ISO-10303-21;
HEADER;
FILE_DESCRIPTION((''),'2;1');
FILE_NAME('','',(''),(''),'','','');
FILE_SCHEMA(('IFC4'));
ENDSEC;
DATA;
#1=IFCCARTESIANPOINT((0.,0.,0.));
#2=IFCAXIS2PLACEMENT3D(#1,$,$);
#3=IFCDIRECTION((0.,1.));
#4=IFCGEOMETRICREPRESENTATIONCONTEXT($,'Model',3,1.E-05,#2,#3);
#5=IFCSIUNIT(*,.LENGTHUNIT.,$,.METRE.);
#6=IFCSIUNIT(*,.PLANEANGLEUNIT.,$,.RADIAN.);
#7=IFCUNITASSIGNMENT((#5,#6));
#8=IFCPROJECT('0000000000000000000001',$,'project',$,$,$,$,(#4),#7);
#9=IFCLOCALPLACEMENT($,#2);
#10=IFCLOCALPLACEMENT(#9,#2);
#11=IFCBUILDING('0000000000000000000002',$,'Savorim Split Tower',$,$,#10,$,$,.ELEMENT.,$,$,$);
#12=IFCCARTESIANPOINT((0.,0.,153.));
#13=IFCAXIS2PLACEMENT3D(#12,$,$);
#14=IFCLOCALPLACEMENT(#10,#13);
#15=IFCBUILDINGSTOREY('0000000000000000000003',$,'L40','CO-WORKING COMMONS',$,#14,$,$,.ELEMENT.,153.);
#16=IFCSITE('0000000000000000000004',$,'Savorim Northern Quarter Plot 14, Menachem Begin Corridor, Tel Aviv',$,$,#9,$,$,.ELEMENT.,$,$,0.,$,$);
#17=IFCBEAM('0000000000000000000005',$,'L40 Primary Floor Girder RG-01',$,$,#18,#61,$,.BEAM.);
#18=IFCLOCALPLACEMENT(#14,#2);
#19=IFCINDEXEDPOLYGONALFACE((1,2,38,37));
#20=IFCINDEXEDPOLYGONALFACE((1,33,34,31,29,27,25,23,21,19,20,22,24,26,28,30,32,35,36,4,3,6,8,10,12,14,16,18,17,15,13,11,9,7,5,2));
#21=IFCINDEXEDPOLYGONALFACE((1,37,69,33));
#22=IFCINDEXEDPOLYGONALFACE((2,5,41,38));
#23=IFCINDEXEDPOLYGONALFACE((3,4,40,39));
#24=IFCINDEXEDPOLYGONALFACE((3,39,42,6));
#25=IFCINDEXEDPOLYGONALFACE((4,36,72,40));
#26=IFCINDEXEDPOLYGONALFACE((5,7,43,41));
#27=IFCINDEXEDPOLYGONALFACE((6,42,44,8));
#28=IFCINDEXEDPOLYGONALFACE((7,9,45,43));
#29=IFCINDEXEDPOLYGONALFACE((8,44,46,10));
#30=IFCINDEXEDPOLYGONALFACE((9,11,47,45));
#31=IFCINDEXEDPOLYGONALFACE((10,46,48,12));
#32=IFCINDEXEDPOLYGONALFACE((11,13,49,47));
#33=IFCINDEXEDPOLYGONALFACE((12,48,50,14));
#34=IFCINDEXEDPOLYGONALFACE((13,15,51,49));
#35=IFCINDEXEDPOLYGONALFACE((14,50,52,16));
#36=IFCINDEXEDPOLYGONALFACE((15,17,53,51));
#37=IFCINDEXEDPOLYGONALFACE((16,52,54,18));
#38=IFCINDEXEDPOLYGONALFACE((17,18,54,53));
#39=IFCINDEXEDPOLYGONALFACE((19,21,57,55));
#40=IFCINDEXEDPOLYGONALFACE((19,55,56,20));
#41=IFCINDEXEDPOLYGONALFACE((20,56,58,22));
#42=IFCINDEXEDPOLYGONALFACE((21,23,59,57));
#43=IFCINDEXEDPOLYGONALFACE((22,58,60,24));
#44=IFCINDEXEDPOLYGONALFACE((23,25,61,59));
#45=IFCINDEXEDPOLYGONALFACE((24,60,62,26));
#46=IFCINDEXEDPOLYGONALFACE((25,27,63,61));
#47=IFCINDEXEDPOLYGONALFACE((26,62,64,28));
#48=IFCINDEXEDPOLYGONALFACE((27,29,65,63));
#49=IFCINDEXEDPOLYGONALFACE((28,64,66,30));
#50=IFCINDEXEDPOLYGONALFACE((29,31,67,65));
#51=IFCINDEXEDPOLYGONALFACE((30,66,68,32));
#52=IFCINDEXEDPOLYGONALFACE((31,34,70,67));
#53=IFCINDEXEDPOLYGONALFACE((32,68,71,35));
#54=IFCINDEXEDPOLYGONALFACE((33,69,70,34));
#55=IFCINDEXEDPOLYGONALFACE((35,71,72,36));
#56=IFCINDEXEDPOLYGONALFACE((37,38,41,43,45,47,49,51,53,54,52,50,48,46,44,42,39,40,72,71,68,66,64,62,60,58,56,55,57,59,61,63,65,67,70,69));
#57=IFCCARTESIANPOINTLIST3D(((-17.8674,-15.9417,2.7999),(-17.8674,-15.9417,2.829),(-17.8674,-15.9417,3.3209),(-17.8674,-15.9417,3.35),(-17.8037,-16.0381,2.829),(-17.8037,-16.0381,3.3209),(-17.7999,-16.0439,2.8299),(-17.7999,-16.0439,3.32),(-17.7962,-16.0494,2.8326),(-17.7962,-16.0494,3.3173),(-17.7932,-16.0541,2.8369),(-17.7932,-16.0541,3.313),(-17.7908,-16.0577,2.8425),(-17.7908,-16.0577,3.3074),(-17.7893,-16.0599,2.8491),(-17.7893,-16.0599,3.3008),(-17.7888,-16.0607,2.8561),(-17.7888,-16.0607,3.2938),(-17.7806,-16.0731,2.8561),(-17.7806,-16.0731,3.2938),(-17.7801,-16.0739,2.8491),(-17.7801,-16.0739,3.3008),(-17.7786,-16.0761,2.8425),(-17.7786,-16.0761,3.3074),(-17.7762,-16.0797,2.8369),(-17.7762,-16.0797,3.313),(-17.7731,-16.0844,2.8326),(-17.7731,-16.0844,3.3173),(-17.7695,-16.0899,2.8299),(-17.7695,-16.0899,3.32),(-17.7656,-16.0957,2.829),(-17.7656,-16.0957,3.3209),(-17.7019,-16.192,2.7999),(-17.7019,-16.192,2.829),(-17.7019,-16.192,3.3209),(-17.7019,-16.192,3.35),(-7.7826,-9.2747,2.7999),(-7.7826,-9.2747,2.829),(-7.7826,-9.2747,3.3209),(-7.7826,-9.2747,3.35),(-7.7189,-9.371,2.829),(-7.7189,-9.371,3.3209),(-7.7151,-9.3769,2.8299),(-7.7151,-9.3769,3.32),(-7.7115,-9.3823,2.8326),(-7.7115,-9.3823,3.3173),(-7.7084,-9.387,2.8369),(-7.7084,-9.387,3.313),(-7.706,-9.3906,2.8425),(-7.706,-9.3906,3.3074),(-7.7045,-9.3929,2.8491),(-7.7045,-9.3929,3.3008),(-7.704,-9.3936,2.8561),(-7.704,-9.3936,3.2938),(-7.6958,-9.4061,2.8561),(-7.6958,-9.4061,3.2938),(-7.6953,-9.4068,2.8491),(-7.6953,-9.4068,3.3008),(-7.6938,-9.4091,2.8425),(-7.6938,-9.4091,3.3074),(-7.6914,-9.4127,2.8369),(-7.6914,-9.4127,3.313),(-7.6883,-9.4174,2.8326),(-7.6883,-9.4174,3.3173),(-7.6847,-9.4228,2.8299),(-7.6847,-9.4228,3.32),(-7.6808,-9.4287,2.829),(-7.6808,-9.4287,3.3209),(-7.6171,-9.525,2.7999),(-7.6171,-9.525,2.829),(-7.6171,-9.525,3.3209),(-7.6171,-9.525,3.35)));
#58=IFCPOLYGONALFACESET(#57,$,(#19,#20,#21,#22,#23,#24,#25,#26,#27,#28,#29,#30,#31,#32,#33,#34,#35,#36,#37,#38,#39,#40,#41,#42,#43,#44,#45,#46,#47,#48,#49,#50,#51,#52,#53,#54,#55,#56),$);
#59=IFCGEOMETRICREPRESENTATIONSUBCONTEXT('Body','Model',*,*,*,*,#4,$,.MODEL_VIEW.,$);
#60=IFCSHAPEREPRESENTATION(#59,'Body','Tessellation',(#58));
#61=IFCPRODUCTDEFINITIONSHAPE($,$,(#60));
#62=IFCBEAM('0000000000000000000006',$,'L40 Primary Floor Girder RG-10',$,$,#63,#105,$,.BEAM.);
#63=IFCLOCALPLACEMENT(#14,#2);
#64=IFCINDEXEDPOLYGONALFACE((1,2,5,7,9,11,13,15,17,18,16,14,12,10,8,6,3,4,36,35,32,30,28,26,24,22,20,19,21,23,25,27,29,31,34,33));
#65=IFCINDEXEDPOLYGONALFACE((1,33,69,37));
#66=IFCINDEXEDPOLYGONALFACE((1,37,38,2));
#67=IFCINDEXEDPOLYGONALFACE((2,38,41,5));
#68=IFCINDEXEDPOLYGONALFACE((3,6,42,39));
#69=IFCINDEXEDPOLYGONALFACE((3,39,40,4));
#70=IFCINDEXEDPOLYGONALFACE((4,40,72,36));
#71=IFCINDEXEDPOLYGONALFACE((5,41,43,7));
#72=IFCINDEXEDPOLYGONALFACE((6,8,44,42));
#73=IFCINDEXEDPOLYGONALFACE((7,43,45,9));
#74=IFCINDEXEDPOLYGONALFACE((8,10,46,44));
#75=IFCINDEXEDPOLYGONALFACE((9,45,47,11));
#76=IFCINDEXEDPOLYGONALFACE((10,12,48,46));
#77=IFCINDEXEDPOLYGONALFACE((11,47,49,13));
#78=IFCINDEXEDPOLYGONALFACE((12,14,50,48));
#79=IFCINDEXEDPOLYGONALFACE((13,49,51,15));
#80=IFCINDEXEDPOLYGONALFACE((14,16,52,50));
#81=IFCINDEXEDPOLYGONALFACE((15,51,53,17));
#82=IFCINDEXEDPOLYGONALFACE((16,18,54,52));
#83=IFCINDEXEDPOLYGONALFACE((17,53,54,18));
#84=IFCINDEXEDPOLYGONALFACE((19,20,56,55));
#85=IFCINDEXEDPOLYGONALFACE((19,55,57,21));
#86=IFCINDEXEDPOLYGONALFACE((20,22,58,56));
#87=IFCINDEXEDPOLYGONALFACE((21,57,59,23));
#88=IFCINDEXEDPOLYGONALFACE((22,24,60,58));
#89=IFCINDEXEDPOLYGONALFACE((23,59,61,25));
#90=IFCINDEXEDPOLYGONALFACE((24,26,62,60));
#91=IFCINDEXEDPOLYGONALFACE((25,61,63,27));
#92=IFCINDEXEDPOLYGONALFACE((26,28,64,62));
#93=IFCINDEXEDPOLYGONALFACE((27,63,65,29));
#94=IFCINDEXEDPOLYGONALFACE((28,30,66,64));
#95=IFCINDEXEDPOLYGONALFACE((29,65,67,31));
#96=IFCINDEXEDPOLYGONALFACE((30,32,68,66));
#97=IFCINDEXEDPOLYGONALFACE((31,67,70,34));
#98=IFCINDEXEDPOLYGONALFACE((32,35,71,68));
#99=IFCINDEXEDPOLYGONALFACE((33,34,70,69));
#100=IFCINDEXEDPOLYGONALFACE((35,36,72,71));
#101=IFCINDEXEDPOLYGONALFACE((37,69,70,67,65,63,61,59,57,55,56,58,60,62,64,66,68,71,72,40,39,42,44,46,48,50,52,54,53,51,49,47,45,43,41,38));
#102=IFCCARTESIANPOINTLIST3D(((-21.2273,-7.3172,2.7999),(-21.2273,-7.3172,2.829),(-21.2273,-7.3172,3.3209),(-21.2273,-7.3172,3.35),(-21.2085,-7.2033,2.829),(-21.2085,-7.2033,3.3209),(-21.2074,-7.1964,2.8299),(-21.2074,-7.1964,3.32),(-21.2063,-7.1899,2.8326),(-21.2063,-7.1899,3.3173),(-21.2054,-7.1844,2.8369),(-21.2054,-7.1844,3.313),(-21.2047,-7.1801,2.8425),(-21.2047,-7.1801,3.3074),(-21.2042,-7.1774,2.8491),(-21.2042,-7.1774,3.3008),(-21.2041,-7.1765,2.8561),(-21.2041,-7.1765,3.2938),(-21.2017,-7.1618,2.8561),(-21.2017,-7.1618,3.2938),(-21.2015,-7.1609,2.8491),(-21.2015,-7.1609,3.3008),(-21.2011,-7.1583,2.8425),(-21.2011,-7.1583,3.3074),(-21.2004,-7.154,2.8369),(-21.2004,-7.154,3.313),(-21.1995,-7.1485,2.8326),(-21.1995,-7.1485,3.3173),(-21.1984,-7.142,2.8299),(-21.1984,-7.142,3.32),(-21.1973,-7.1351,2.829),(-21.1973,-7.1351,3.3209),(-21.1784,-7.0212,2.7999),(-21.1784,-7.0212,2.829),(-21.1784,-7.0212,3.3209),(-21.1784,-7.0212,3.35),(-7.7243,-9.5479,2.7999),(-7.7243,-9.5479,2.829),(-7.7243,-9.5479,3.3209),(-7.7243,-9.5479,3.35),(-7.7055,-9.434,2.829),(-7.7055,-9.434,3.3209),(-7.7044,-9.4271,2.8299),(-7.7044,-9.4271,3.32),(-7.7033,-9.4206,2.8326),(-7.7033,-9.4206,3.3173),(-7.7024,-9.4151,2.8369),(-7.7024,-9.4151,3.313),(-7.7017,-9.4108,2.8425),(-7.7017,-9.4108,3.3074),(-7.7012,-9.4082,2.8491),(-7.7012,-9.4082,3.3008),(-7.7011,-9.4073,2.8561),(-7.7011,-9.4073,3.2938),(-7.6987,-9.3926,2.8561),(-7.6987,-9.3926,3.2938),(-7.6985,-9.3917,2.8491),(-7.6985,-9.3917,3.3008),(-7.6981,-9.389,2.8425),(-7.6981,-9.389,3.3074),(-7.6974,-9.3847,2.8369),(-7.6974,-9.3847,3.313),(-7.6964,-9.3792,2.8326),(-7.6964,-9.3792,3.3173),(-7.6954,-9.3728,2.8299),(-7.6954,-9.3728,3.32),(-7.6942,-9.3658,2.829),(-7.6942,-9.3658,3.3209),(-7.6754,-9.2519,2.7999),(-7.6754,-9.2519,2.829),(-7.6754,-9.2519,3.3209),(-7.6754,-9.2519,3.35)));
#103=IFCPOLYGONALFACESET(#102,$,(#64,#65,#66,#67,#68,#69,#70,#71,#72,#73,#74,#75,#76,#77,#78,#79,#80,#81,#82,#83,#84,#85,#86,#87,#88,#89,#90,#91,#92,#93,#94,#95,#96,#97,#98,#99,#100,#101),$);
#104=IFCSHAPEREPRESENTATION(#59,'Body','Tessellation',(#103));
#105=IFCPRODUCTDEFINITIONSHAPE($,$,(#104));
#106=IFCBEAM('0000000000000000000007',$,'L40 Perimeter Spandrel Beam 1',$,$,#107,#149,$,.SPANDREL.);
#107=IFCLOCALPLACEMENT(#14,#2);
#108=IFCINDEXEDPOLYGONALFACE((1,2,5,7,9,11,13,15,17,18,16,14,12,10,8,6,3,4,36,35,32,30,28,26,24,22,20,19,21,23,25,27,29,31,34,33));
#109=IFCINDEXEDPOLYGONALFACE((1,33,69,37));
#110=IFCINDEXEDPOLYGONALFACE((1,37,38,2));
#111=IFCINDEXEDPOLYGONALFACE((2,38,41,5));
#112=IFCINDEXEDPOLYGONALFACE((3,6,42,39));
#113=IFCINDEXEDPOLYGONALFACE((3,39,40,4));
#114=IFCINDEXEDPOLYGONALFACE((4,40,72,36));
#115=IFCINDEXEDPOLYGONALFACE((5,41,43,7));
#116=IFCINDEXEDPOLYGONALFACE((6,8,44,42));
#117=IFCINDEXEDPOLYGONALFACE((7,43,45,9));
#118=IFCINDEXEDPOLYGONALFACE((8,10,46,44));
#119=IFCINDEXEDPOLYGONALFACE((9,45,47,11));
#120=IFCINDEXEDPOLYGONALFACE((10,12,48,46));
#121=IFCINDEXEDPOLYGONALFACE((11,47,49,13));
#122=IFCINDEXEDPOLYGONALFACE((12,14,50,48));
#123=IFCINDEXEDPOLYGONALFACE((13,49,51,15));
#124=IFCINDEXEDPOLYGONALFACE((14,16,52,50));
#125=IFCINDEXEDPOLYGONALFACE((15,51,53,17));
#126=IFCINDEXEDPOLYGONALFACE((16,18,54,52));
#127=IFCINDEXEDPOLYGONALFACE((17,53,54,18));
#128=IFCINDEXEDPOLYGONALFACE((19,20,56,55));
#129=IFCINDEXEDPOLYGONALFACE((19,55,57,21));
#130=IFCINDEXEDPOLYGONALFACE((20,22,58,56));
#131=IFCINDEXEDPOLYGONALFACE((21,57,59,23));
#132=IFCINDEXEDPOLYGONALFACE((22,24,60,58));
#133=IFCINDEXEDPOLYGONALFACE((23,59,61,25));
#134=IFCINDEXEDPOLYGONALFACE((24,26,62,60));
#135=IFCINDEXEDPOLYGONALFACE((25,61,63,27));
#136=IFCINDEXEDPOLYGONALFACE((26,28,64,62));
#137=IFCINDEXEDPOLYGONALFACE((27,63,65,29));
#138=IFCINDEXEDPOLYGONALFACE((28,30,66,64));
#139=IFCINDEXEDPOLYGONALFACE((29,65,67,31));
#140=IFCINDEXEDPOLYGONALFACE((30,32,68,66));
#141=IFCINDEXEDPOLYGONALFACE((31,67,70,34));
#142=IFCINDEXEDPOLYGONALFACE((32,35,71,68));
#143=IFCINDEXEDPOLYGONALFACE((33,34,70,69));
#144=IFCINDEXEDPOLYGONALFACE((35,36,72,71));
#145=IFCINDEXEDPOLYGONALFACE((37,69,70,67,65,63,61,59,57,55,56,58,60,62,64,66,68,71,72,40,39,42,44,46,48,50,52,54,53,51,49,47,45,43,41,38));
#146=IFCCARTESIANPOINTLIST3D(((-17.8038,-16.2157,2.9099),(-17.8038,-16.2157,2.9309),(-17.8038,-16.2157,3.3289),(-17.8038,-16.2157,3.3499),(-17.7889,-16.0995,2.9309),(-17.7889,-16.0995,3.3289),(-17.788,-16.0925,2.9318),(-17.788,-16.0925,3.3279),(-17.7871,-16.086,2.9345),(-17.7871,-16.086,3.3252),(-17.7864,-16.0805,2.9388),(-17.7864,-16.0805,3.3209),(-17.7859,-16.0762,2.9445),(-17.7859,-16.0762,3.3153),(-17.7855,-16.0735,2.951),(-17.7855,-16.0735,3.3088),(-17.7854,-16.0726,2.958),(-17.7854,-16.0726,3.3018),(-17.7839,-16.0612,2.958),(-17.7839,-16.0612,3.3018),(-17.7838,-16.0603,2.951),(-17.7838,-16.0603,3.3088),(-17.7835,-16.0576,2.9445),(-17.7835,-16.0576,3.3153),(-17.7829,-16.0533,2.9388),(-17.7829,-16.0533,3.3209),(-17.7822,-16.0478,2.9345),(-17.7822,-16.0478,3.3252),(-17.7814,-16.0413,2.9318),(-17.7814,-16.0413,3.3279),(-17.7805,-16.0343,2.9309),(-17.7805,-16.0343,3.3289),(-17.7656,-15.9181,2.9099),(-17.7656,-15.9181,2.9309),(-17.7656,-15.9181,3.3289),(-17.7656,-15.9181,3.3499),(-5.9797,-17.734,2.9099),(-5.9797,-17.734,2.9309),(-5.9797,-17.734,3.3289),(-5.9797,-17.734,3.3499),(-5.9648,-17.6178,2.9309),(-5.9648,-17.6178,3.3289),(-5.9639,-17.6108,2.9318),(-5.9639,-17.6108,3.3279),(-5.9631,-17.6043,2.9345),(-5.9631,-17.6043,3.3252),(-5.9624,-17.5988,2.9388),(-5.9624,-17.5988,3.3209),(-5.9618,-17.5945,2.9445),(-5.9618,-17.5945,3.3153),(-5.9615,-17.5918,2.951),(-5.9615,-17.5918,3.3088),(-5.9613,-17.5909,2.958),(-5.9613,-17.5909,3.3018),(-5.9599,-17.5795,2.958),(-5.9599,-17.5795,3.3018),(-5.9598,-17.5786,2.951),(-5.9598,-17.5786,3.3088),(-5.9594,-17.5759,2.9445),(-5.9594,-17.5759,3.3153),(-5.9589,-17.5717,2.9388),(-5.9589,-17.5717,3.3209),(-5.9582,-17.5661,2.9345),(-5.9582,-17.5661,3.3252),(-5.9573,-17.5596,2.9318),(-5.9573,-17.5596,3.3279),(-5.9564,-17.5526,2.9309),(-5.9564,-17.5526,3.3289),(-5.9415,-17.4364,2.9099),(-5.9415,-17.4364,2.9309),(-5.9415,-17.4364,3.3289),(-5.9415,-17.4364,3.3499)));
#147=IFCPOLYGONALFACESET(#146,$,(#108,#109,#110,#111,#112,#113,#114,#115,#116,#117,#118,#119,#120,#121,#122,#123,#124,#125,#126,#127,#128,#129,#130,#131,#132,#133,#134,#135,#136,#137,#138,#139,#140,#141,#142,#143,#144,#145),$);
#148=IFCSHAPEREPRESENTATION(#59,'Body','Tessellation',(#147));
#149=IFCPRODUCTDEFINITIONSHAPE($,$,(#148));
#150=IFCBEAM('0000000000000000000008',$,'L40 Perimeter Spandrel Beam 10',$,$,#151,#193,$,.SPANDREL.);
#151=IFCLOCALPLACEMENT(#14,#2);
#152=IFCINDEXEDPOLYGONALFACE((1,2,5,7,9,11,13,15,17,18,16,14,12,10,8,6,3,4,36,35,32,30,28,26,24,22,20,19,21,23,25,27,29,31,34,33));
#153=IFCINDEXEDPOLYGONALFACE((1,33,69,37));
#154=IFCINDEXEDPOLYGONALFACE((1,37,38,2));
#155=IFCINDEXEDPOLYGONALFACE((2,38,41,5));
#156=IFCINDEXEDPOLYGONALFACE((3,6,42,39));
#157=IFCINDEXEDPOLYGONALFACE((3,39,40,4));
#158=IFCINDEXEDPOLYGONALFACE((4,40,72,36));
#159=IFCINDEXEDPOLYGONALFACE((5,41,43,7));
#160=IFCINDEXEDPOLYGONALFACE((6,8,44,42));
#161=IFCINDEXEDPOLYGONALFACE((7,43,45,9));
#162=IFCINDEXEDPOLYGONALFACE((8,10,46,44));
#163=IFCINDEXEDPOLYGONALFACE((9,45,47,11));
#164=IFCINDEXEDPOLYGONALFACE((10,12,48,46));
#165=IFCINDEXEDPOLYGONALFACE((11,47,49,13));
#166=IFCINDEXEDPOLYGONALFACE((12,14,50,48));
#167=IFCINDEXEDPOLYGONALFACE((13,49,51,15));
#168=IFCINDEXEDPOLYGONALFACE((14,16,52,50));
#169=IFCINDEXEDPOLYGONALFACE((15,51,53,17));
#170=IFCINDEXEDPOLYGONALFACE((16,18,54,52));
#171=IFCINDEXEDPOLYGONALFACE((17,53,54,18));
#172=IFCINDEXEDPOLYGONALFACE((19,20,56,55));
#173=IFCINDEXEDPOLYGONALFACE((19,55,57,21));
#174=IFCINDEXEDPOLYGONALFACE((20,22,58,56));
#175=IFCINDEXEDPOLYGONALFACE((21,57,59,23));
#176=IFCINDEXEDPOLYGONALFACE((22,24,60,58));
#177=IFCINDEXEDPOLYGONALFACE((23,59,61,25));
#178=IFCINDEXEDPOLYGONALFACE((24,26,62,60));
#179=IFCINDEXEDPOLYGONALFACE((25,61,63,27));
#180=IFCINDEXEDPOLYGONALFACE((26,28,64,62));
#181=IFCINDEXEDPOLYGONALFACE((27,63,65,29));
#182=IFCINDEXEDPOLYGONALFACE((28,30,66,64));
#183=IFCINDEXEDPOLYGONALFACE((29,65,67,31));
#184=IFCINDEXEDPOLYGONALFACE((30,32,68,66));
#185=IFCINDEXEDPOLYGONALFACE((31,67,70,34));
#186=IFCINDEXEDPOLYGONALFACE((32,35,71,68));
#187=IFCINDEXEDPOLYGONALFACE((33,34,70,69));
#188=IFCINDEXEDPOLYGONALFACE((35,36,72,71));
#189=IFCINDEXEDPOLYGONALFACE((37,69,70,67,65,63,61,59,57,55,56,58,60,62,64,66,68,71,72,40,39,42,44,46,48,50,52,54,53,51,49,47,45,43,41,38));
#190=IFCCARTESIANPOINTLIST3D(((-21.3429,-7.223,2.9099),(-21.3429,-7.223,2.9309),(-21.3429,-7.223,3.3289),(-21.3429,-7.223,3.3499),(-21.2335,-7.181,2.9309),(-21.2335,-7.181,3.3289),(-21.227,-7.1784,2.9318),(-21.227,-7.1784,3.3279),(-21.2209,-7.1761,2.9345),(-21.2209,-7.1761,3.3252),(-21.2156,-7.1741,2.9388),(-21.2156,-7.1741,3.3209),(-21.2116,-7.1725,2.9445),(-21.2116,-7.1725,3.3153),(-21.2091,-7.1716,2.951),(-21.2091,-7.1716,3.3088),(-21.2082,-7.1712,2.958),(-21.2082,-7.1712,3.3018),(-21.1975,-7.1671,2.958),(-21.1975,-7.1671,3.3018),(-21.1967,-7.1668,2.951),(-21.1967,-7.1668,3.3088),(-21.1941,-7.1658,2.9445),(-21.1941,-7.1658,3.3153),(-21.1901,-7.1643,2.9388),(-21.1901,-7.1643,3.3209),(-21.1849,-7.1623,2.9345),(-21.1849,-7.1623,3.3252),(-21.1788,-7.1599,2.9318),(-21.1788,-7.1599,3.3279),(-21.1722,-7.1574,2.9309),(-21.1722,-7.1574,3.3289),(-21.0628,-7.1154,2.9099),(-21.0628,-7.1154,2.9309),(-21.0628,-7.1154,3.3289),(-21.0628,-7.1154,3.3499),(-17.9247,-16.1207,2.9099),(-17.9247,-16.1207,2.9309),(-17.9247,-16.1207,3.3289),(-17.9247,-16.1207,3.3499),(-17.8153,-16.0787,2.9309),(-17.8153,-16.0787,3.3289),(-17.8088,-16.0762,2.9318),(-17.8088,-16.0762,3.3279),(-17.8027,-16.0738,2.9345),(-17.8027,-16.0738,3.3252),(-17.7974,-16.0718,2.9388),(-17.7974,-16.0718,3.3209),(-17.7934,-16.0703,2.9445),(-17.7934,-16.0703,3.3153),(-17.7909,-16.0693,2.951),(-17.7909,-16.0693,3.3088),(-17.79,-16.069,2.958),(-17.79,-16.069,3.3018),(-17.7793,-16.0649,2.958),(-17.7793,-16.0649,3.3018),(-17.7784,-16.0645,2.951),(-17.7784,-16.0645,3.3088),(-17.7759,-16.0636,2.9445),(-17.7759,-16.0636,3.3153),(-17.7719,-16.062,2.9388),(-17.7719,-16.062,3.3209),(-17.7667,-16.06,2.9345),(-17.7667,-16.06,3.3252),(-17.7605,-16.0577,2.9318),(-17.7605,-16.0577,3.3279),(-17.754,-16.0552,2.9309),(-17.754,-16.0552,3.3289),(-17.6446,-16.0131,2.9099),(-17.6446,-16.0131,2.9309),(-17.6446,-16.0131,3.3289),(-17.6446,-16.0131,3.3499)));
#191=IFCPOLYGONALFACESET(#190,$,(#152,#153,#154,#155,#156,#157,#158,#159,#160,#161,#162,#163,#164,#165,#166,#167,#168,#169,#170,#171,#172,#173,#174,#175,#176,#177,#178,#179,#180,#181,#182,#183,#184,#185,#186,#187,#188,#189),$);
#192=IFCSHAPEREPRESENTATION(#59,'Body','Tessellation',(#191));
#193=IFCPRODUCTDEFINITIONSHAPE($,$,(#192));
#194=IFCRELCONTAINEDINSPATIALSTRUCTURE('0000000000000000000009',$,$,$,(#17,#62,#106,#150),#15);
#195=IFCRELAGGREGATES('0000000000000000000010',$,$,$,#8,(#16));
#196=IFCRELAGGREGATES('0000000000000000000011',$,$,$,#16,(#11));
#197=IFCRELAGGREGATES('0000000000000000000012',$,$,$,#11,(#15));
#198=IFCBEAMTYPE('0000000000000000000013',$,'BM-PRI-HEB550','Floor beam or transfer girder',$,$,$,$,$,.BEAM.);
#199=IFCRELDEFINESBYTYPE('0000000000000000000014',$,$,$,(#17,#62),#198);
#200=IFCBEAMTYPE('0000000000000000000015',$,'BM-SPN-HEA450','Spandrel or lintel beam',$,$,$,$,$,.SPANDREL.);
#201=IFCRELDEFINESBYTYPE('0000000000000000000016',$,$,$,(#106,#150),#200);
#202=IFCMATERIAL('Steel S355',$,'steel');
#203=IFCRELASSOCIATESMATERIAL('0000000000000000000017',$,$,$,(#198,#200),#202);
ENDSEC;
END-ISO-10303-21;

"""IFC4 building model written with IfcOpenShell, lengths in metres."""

from ifc_helpers import new_model, si_unit, direction, frame, origin, origin_2d, place, context, subcontext, project, spatial, i_section, extrude, material, material_profile, profile_set, type_object, element, save


model = new_model("IFC4")

# Units and contexts
model_context = context("Model", 3, precision=1e-05, world=origin(), true_north=direction((0.0, 1.0)))
body_context = subcontext(model_context, "Body", "Model", "MODEL_VIEW")
ifc_project = project(units=[si_unit("LENGTHUNIT", "METRE"), si_unit("PLANEANGLEUNIT", "RADIAN")], contexts=[model_context])

# Site, building, storey
site_placement = place(None, origin())
site = spatial("IfcSite", under=ifc_project, at=site_placement, Name="Savorim Northern Quarter Plot 14, Menachem Begin Corridor, Tel Aviv", CompositionType="ELEMENT", RefElevation=0.0)
building_placement = place(site_placement, origin())
building = spatial("IfcBuilding", under=site, at=building_placement, Name="Savorim Split Tower", CompositionType="ELEMENT")
storey_placement = place(building_placement, frame((0.0, 0.0, 153.0)))
storey = spatial("IfcBuildingStorey", under=building, at=storey_placement, Name="L40", Description="CO-WORKING COMMONS", CompositionType="ELEMENT", Elevation=153.0)

# Beams
ifc_material_1 = material(Name="Steel S355", Category="steel")
ifc_material_profile_1 = material_profile(ifc_material_1, i_section(OverallWidth=0.3, OverallDepth=0.55, WebThickness=0.0149, FlangeThickness=0.0291, FilletRadius=0.0271, at=origin_2d()), Name="HEB 550")
ifc_profile_set_1 = profile_set([ifc_material_profile_1], Name="Steel S355")
beam_type_1 = type_object("IfcBeamType", Name="BM-PRI-HEB550", Description="Floor beam or transfer girder", PredefinedType="BEAM", material=ifc_profile_set_1)
beam_1_placement = place(storey_placement, frame((-17.7847, -16.0669, 3.075), z_axis=(0.834188, 0.55148, 0.0), x_axis=(-0.55148, 0.834188, 0.0)))
element("IfcBeam", 1, at=beam_1_placement, inside=storey, type_object=beam_type_1, Name="L40 Primary Floor Girder RG-01", PredefinedType="BEAM", context=body_context, shape_type="SweptSolid", body=[
    extrude(i_section(OverallWidth=0.3, OverallDepth=0.55, WebThickness=0.0149, FlangeThickness=0.0291, FilletRadius=0.0271, at=origin_2d()), origin(), (0.0, 0.0, 1.0), 12.0894),
])
beam_2_placement = place(storey_placement, frame((-21.2029, -7.1692, 3.075), z_axis=(0.986627, -0.162993, 0.0), x_axis=(0.162993, 0.986627, 0.0)))
element("IfcBeam", 2, at=beam_2_placement, inside=storey, type_object=beam_type_1, Name="L40 Primary Floor Girder RG-10", PredefinedType="BEAM", context=body_context, shape_type="SweptSolid", body=[
    extrude(i_section(OverallWidth=0.3, OverallDepth=0.55, WebThickness=0.0149, FlangeThickness=0.0291, FilletRadius=0.0271, at=origin_2d()), origin(), (0.0, 0.0, 1.0), 13.686),
])
ifc_material_profile_2 = material_profile(ifc_material_1, i_section(OverallWidth=0.3, OverallDepth=0.4399, WebThickness=0.0115, FlangeThickness=0.021, FilletRadius=0.0271, at=origin_2d()), Name="HEA 450")
ifc_profile_set_2 = profile_set([ifc_material_profile_2], Name="Steel S355")
beam_type_2 = type_object("IfcBeamType", Name="BM-SPN-HEA450", Description="Spandrel or lintel beam", PredefinedType="SPANDREL", material=ifc_profile_set_2)
beam_3_placement = place(storey_placement, frame((-17.7847, -16.0669, 3.1299), z_axis=(0.991856, -0.127364, 0.0), x_axis=(0.127364, 0.991856, 0.0)))
element("IfcBeam", 3, at=beam_3_placement, inside=storey, type_object=beam_type_2, Name="L40 Perimeter Spandrel Beam 1", PredefinedType="SPANDREL", context=body_context, shape_type="SweptSolid", body=[
    extrude(i_section(OverallWidth=0.3, OverallDepth=0.4399, WebThickness=0.0115, FlangeThickness=0.021, FilletRadius=0.0271, at=origin_2d()), origin(), (0.0, 0.0, 1.0), 11.9211),
])
beam_4_placement = place(storey_placement, frame((-21.2029, -7.1692, 3.1299), z_axis=(0.358615, -0.933485, 0.0), x_axis=(0.933485, 0.358615, 0.0)))
element("IfcBeam", 4, at=beam_4_placement, inside=storey, type_object=beam_type_2, Name="L40 Perimeter Spandrel Beam 10", PredefinedType="SPANDREL", context=body_context, shape_type="SweptSolid", body=[
    extrude(i_section(OverallWidth=0.3, OverallDepth=0.4399, WebThickness=0.0115, FlangeThickness=0.021, FilletRadius=0.0271, at=origin_2d()), origin(), (0.0, 0.0, 1.0), 9.5317),
])

save(model, "model.ifc")
